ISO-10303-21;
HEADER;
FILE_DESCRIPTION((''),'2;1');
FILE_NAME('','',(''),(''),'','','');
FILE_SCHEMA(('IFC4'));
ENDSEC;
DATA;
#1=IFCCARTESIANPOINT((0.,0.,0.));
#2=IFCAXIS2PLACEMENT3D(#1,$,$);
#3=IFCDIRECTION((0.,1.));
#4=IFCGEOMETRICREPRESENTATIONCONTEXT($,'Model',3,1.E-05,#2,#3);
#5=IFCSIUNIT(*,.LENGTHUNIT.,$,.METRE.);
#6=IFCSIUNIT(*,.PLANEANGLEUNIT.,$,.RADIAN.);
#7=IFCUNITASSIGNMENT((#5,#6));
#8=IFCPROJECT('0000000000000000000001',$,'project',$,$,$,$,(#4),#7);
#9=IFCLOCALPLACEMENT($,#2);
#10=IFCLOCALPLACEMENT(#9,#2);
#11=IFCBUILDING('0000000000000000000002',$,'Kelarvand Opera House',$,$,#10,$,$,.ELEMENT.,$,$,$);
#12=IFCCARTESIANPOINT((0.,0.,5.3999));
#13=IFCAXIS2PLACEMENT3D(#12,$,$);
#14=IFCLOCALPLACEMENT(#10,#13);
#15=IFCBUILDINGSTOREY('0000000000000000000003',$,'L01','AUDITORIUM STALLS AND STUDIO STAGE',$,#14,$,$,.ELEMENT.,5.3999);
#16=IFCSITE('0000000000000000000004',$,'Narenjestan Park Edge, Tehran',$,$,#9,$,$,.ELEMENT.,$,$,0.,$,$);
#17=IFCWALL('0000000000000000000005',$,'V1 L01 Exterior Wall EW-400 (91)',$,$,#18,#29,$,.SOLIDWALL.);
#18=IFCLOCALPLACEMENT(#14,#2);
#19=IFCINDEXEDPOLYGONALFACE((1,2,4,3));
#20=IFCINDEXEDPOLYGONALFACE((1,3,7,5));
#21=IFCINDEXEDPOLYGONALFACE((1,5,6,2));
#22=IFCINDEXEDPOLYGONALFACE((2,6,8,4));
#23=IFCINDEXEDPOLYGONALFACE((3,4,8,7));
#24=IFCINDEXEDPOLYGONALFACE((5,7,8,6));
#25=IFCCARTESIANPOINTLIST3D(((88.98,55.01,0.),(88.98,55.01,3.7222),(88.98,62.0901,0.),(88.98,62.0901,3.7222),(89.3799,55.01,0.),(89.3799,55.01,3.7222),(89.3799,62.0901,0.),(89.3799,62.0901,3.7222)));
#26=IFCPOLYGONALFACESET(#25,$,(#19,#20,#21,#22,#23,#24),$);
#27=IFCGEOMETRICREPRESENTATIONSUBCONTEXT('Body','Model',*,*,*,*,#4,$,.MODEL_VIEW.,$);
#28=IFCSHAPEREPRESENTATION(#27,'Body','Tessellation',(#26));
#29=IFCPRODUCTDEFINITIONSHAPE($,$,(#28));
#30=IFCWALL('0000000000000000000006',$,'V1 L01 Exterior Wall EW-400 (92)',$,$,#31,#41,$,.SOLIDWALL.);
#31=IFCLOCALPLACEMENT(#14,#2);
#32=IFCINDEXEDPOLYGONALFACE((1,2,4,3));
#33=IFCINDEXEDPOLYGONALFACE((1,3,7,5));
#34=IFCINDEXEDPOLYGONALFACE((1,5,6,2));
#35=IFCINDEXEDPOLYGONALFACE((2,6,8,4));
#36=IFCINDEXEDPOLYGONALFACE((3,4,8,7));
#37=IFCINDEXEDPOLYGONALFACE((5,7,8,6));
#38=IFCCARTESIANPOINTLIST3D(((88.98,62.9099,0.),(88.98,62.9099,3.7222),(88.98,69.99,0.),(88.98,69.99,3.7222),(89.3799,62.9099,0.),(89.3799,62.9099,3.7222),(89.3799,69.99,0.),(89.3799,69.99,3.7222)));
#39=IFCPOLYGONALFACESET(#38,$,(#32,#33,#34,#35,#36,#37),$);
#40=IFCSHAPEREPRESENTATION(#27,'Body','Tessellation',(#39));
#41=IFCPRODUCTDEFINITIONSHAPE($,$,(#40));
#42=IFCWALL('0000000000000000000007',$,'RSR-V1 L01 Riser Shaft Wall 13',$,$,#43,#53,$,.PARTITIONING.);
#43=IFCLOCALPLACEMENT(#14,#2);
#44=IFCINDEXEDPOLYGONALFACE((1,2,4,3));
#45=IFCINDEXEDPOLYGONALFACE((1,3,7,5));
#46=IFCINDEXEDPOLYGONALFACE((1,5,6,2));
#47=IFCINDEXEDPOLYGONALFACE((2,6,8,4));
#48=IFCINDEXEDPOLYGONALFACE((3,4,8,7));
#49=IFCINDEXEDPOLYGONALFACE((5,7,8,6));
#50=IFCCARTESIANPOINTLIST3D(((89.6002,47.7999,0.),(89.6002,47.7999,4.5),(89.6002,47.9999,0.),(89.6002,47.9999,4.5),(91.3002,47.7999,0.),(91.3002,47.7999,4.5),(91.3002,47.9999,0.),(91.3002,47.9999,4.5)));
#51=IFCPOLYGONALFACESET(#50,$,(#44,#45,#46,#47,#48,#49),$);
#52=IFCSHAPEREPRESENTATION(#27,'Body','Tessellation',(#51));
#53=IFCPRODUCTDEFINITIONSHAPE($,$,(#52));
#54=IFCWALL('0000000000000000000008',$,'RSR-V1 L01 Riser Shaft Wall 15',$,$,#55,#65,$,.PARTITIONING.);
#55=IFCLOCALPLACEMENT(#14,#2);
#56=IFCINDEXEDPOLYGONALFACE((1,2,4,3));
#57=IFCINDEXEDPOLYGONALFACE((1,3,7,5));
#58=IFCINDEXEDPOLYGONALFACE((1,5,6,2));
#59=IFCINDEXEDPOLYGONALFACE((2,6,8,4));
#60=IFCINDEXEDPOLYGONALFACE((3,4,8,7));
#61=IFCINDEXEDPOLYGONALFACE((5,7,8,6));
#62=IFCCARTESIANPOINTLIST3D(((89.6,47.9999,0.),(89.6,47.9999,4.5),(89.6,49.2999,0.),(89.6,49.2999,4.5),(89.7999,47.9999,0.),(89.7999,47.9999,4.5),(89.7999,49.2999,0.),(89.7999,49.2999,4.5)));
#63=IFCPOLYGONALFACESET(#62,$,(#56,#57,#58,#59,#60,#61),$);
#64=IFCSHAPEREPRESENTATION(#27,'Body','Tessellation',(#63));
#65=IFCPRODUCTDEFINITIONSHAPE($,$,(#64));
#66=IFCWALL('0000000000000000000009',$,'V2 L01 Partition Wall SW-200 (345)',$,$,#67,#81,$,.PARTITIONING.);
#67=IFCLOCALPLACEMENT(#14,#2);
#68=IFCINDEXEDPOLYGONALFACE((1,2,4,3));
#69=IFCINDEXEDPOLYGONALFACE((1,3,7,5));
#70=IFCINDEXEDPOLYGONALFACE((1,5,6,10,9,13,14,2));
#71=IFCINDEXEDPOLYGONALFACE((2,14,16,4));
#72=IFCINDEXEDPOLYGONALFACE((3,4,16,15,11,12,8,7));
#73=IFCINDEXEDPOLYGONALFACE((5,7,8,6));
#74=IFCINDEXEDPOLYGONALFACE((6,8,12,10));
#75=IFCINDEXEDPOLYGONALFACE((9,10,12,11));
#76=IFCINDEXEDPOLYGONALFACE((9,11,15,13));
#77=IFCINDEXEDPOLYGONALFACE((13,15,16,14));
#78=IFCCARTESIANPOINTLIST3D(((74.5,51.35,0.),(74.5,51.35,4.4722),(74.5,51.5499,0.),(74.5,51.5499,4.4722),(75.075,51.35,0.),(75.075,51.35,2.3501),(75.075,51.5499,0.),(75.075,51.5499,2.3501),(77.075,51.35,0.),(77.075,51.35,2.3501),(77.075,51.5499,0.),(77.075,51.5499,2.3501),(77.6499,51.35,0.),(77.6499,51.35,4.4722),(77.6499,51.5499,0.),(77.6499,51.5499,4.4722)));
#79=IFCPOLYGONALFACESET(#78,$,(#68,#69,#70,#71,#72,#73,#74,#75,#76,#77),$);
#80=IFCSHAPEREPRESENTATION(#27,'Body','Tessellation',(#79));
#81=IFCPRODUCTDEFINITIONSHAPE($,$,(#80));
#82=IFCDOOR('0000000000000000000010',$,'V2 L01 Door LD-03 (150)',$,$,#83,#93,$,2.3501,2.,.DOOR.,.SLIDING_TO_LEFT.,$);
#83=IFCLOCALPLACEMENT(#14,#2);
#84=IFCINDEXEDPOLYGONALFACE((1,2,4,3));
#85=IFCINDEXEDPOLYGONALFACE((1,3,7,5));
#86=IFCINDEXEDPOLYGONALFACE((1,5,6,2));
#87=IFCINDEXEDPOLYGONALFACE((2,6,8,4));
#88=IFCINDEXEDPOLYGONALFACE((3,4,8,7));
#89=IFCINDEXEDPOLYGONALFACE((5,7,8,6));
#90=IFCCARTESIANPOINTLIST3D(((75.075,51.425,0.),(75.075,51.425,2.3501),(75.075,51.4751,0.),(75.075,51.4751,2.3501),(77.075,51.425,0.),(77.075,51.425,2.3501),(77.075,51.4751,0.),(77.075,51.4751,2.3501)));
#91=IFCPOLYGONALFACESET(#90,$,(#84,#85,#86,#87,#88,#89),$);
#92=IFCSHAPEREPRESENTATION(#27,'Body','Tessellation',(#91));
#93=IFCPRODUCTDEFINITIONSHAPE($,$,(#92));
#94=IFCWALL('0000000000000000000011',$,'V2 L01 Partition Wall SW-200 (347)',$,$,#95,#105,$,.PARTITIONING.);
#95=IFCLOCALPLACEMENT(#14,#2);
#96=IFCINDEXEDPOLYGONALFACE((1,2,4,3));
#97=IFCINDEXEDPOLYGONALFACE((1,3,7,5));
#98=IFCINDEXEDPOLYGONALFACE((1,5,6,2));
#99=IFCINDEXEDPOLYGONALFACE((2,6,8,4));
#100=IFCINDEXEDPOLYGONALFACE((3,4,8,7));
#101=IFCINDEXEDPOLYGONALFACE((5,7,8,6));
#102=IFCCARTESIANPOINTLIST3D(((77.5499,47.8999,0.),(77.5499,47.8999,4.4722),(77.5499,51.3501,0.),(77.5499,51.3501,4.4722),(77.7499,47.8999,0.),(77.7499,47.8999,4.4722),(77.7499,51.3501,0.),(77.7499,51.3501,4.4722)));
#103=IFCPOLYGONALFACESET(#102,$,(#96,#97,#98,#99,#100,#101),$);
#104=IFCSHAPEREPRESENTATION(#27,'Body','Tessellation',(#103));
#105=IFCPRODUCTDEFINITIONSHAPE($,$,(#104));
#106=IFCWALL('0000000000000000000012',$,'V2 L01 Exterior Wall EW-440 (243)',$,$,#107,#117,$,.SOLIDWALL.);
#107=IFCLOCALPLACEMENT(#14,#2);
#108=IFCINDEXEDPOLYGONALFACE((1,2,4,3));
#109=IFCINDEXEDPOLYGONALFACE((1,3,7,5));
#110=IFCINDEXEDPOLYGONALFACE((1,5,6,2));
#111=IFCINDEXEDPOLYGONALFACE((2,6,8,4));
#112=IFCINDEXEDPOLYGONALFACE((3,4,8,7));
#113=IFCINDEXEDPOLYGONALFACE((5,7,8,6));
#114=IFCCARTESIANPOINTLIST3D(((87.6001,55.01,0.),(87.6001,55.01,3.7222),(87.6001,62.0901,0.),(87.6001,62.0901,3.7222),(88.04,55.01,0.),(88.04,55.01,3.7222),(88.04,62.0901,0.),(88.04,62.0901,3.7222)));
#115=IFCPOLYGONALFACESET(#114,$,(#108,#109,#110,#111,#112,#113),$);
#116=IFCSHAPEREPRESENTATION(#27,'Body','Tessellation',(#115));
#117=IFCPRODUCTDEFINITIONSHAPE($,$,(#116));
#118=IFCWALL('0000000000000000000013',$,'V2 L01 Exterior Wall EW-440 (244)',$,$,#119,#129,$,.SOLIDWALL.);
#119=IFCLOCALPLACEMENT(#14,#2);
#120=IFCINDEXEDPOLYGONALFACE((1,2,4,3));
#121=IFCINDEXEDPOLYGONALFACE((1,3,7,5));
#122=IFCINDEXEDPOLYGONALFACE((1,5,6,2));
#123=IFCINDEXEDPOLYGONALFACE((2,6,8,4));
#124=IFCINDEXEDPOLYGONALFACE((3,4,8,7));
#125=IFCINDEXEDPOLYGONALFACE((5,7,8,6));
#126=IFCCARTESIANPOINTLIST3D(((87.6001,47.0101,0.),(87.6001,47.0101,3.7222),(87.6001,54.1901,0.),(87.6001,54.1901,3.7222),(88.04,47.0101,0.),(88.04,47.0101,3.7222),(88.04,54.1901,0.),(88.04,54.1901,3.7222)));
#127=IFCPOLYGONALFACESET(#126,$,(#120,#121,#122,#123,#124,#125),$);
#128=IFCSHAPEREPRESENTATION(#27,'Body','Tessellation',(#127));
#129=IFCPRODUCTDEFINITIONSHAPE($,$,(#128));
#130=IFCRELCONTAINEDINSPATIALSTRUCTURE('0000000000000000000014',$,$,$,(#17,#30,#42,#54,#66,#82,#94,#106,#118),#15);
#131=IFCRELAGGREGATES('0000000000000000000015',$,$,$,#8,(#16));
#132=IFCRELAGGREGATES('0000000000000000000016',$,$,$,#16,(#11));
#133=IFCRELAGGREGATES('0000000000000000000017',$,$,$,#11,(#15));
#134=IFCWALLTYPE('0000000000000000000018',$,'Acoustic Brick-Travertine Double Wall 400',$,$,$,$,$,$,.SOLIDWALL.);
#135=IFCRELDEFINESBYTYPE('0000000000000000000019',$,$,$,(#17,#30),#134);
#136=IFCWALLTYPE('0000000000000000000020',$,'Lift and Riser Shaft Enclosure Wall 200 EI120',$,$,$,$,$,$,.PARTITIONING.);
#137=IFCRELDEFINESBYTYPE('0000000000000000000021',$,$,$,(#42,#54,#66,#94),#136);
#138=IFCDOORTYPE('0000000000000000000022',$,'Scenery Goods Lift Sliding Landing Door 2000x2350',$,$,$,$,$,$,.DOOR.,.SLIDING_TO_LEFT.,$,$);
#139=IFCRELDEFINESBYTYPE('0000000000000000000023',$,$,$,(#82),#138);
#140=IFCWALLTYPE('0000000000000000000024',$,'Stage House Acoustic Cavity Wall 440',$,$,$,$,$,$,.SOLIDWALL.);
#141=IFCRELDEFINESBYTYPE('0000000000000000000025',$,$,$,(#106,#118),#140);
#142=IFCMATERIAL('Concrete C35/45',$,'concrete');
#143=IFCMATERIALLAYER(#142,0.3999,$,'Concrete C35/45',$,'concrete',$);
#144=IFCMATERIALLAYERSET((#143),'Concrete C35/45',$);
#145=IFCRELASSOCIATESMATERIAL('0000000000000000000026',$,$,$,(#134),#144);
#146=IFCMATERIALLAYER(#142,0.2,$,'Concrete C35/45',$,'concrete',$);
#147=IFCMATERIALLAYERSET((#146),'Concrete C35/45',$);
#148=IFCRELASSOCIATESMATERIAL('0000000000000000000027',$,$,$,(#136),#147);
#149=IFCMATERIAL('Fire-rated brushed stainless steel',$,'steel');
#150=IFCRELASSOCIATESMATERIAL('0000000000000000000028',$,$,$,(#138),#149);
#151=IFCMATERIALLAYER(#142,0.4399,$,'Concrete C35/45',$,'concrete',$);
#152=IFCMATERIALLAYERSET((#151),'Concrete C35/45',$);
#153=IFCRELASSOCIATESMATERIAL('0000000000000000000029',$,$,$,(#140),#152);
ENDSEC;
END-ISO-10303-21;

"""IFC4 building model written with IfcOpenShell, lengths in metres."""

from ifc_helpers import new_model, si_unit, direction, frame, frame_2d, origin, place, context, subcontext, project, spatial, rectangle, extrude, material, layer, layer_set, type_object, element, fill, save


model = new_model("IFC4")

# Units and contexts
model_context = context("Model", 3, precision=1e-05, world=origin(), true_north=direction((0.0, 1.0)))
body_context = subcontext(model_context, "Body", "Model", "MODEL_VIEW")
ifc_project = project(units=[si_unit("LENGTHUNIT", "METRE"), si_unit("PLANEANGLEUNIT", "RADIAN")], contexts=[model_context])

# Site, building, storey
site_placement = place(None, origin())
site = spatial("IfcSite", under=ifc_project, at=site_placement, Name="Narenjestan Park Edge, Tehran", CompositionType="ELEMENT", RefElevation=0.0)
building_placement = place(site_placement, origin())
building = spatial("IfcBuilding", under=site, at=building_placement, Name="Kelarvand Opera House", CompositionType="ELEMENT")
storey_placement = place(building_placement, frame((0.0, 0.0, 5.3999)))
storey = spatial("IfcBuildingStorey", under=building, at=storey_placement, Name="L01", Description="AUDITORIUM STALLS AND STUDIO STAGE", CompositionType="ELEMENT", Elevation=5.3999)

# Walls
ifc_material_1 = material(Name="Concrete C35/45", Category="concrete")
ifc_layer_1 = layer(ifc_material_1, 0.3999, Name="Concrete C35/45", Category="concrete")
ifc_layer_set_1 = layer_set([ifc_layer_1], Name="Concrete C35/45")
wall_type_1 = type_object("IfcWallType", Name="Acoustic Brick-Travertine Double Wall 400", PredefinedType="SOLIDWALL", material=ifc_layer_set_1)
for number, where, z_axis, x_axis, name in (
    (1, (89.1799, 55.01, 0.0), (0.0, 0.0, 1.0), (0.0, 1.0, 0.0), "V1 L01 Exterior Wall EW-400 (91)"),
    (2, (89.1799, 62.9099, 0.0), (0.0, 0.0, 1.0), (0.0, 1.0, 0.0), "V1 L01 Exterior Wall EW-400 (92)"),
):
    element("IfcWall", number, at=place(storey_placement, frame(where, z_axis=z_axis, x_axis=x_axis)), inside=storey, type_object=wall_type_1, Name=name, PredefinedType="SOLIDWALL", context=body_context, shape_type="SweptSolid", body=[
        extrude(rectangle(XDim=7.0801, YDim=0.3999, at=frame_2d((3.54, 0.0))), origin(), (0.0, 0.0, 1.0), 3.7222),
    ])
ifc_layer_2 = layer(ifc_material_1, 0.2, Name="Concrete C35/45", Category="concrete")
ifc_layer_set_2 = layer_set([ifc_layer_2], Name="Concrete C35/45")
wall_type_2 = type_object("IfcWallType", Name="Lift and Riser Shaft Enclosure Wall 200 EI120", PredefinedType="PARTITIONING", material=ifc_layer_set_2)
wall_1_placement = place(storey_placement, frame((89.6001, 47.8999, 0.0), z_axis=(0.0, 0.0, 1.0), x_axis=(1.0, 0.0, 0.0)))
element("IfcWall", 3, at=wall_1_placement, inside=storey, type_object=wall_type_2, Name="RSR-V1 L01 Riser Shaft Wall 13", PredefinedType="PARTITIONING", context=body_context, shape_type="SweptSolid", body=[
    extrude(rectangle(XDim=1.7, YDim=0.2, at=frame_2d((0.8501, 0.0))), origin(), (0.0, 0.0, 1.0), 4.5),
])
wall_2_placement = place(storey_placement, frame((89.7, 48.0, 0.0), z_axis=(0.0, 0.0, 1.0), x_axis=(0.0, 1.0, 0.0)))
element("IfcWall", 4, at=wall_2_placement, inside=storey, type_object=wall_type_2, Name="RSR-V1 L01 Riser Shaft Wall 15", PredefinedType="PARTITIONING", context=body_context, shape_type="SweptSolid", body=[
    extrude(rectangle(XDim=1.3, YDim=0.2, at=frame_2d((0.6499, 0.0))), origin(), (0.0, 0.0, 1.0), 4.5),
])

# Wall, opening, door
wall_3_placement = place(storey_placement, frame((77.6499, 51.45, 0.0), z_axis=(0.0, 0.0, 1.0), x_axis=(-1.0, 0.0, 0.0)))
wall_3 = element("IfcWall", 5, at=wall_3_placement, inside=storey, type_object=wall_type_2, Name="V2 L01 Partition Wall SW-200 (345)", PredefinedType="PARTITIONING", context=body_context, shape_type="SweptSolid", body=[
    extrude(rectangle(XDim=3.1499, YDim=0.2, at=frame_2d((1.575, 0.0))), origin(), (0.0, 0.0, 1.0), 4.4722),
])
opening_placement = place(wall_3_placement, frame((0.575, 0.0, 0.0)))
opening = element("IfcOpeningElement", 6, at=opening_placement, cuts=wall_3, PredefinedType="OPENING", context=body_context, shape_type="SweptSolid", body=[
    extrude(rectangle(XDim=2.0, YDim=2.3501, at=frame_2d((1.0, 1.175))), frame((0.0, 0.1099, 0.0), z_axis=(0.0, -1.0, 0.0), x_axis=(1.0, 0.0, 0.0)), (0.0, 0.0, 1.0), 0.22),
])
ifc_material_2 = material(Name="Fire-rated brushed stainless steel", Category="steel")
door_type = type_object("IfcDoorType", Name="Scenery Goods Lift Sliding Landing Door 2000x2350", OperationType="SLIDING_TO_LEFT", PredefinedType="DOOR", material=ifc_material_2)
door_placement = place(opening_placement, origin())
door = element("IfcDoor", 7, at=door_placement, inside=storey, type_object=door_type, Name="V2 L01 Door LD-03 (150)", OperationType="SLIDING_TO_LEFT", OverallHeight=2.3501, OverallWidth=2.0, PredefinedType="DOOR", context=body_context, shape_type="SweptSolid", body=[
    extrude(rectangle(XDim=2.0, YDim=2.3501, at=frame_2d((1.0, 1.175))), frame((0.0, 0.0249, 0.0), z_axis=(0.0, -1.0, 0.0), x_axis=(1.0, 0.0, 0.0)), (0.0, 0.0, 1.0), 0.05),
])
fill(opening, door)

# Walls
wall_4_placement = place(storey_placement, frame((77.6499, 51.3501, 0.0), z_axis=(0.0, 0.0, 1.0), x_axis=(0.0, -1.0, 0.0)))
element("IfcWall", 8, at=wall_4_placement, inside=storey, type_object=wall_type_2, Name="V2 L01 Partition Wall SW-200 (347)", PredefinedType="PARTITIONING", context=body_context, shape_type="SweptSolid", body=[
    extrude(rectangle(XDim=3.4502, YDim=0.2, at=frame_2d((1.7251, 0.0))), origin(), (0.0, 0.0, 1.0), 4.4722),
])
ifc_layer_3 = layer(ifc_material_1, 0.4399, Name="Concrete C35/45", Category="concrete")
ifc_layer_set_3 = layer_set([ifc_layer_3], Name="Concrete C35/45")
wall_type_3 = type_object("IfcWallType", Name="Stage House Acoustic Cavity Wall 440", PredefinedType="SOLIDWALL", material=ifc_layer_set_3)
wall_5_placement = place(storey_placement, frame((87.8201, 62.0901, 0.0), z_axis=(0.0, 0.0, 1.0), x_axis=(0.0, -1.0, 0.0)))
element("IfcWall", 9, at=wall_5_placement, inside=storey, type_object=wall_type_3, Name="V2 L01 Exterior Wall EW-440 (243)", PredefinedType="SOLIDWALL", context=body_context, shape_type="SweptSolid", body=[
    extrude(rectangle(XDim=7.0801, YDim=0.4399, at=frame_2d((3.54, 0.0))), origin(), (0.0, 0.0, 1.0), 3.7222),
])
wall_6_placement = place(storey_placement, frame((87.8201, 54.1899, 0.0), z_axis=(0.0, 0.0, 1.0), x_axis=(0.0, -1.0, 0.0)))
element("IfcWall", 10, at=wall_6_placement, inside=storey, type_object=wall_type_3, Name="V2 L01 Exterior Wall EW-440 (244)", PredefinedType="SOLIDWALL", context=body_context, shape_type="SweptSolid", body=[
    extrude(rectangle(XDim=7.1799, YDim=0.4399, at=frame_2d((3.5898, 0.0))), origin(), (0.0, 0.0, 1.0), 3.7222),
])

save(model, "model.ifc")
